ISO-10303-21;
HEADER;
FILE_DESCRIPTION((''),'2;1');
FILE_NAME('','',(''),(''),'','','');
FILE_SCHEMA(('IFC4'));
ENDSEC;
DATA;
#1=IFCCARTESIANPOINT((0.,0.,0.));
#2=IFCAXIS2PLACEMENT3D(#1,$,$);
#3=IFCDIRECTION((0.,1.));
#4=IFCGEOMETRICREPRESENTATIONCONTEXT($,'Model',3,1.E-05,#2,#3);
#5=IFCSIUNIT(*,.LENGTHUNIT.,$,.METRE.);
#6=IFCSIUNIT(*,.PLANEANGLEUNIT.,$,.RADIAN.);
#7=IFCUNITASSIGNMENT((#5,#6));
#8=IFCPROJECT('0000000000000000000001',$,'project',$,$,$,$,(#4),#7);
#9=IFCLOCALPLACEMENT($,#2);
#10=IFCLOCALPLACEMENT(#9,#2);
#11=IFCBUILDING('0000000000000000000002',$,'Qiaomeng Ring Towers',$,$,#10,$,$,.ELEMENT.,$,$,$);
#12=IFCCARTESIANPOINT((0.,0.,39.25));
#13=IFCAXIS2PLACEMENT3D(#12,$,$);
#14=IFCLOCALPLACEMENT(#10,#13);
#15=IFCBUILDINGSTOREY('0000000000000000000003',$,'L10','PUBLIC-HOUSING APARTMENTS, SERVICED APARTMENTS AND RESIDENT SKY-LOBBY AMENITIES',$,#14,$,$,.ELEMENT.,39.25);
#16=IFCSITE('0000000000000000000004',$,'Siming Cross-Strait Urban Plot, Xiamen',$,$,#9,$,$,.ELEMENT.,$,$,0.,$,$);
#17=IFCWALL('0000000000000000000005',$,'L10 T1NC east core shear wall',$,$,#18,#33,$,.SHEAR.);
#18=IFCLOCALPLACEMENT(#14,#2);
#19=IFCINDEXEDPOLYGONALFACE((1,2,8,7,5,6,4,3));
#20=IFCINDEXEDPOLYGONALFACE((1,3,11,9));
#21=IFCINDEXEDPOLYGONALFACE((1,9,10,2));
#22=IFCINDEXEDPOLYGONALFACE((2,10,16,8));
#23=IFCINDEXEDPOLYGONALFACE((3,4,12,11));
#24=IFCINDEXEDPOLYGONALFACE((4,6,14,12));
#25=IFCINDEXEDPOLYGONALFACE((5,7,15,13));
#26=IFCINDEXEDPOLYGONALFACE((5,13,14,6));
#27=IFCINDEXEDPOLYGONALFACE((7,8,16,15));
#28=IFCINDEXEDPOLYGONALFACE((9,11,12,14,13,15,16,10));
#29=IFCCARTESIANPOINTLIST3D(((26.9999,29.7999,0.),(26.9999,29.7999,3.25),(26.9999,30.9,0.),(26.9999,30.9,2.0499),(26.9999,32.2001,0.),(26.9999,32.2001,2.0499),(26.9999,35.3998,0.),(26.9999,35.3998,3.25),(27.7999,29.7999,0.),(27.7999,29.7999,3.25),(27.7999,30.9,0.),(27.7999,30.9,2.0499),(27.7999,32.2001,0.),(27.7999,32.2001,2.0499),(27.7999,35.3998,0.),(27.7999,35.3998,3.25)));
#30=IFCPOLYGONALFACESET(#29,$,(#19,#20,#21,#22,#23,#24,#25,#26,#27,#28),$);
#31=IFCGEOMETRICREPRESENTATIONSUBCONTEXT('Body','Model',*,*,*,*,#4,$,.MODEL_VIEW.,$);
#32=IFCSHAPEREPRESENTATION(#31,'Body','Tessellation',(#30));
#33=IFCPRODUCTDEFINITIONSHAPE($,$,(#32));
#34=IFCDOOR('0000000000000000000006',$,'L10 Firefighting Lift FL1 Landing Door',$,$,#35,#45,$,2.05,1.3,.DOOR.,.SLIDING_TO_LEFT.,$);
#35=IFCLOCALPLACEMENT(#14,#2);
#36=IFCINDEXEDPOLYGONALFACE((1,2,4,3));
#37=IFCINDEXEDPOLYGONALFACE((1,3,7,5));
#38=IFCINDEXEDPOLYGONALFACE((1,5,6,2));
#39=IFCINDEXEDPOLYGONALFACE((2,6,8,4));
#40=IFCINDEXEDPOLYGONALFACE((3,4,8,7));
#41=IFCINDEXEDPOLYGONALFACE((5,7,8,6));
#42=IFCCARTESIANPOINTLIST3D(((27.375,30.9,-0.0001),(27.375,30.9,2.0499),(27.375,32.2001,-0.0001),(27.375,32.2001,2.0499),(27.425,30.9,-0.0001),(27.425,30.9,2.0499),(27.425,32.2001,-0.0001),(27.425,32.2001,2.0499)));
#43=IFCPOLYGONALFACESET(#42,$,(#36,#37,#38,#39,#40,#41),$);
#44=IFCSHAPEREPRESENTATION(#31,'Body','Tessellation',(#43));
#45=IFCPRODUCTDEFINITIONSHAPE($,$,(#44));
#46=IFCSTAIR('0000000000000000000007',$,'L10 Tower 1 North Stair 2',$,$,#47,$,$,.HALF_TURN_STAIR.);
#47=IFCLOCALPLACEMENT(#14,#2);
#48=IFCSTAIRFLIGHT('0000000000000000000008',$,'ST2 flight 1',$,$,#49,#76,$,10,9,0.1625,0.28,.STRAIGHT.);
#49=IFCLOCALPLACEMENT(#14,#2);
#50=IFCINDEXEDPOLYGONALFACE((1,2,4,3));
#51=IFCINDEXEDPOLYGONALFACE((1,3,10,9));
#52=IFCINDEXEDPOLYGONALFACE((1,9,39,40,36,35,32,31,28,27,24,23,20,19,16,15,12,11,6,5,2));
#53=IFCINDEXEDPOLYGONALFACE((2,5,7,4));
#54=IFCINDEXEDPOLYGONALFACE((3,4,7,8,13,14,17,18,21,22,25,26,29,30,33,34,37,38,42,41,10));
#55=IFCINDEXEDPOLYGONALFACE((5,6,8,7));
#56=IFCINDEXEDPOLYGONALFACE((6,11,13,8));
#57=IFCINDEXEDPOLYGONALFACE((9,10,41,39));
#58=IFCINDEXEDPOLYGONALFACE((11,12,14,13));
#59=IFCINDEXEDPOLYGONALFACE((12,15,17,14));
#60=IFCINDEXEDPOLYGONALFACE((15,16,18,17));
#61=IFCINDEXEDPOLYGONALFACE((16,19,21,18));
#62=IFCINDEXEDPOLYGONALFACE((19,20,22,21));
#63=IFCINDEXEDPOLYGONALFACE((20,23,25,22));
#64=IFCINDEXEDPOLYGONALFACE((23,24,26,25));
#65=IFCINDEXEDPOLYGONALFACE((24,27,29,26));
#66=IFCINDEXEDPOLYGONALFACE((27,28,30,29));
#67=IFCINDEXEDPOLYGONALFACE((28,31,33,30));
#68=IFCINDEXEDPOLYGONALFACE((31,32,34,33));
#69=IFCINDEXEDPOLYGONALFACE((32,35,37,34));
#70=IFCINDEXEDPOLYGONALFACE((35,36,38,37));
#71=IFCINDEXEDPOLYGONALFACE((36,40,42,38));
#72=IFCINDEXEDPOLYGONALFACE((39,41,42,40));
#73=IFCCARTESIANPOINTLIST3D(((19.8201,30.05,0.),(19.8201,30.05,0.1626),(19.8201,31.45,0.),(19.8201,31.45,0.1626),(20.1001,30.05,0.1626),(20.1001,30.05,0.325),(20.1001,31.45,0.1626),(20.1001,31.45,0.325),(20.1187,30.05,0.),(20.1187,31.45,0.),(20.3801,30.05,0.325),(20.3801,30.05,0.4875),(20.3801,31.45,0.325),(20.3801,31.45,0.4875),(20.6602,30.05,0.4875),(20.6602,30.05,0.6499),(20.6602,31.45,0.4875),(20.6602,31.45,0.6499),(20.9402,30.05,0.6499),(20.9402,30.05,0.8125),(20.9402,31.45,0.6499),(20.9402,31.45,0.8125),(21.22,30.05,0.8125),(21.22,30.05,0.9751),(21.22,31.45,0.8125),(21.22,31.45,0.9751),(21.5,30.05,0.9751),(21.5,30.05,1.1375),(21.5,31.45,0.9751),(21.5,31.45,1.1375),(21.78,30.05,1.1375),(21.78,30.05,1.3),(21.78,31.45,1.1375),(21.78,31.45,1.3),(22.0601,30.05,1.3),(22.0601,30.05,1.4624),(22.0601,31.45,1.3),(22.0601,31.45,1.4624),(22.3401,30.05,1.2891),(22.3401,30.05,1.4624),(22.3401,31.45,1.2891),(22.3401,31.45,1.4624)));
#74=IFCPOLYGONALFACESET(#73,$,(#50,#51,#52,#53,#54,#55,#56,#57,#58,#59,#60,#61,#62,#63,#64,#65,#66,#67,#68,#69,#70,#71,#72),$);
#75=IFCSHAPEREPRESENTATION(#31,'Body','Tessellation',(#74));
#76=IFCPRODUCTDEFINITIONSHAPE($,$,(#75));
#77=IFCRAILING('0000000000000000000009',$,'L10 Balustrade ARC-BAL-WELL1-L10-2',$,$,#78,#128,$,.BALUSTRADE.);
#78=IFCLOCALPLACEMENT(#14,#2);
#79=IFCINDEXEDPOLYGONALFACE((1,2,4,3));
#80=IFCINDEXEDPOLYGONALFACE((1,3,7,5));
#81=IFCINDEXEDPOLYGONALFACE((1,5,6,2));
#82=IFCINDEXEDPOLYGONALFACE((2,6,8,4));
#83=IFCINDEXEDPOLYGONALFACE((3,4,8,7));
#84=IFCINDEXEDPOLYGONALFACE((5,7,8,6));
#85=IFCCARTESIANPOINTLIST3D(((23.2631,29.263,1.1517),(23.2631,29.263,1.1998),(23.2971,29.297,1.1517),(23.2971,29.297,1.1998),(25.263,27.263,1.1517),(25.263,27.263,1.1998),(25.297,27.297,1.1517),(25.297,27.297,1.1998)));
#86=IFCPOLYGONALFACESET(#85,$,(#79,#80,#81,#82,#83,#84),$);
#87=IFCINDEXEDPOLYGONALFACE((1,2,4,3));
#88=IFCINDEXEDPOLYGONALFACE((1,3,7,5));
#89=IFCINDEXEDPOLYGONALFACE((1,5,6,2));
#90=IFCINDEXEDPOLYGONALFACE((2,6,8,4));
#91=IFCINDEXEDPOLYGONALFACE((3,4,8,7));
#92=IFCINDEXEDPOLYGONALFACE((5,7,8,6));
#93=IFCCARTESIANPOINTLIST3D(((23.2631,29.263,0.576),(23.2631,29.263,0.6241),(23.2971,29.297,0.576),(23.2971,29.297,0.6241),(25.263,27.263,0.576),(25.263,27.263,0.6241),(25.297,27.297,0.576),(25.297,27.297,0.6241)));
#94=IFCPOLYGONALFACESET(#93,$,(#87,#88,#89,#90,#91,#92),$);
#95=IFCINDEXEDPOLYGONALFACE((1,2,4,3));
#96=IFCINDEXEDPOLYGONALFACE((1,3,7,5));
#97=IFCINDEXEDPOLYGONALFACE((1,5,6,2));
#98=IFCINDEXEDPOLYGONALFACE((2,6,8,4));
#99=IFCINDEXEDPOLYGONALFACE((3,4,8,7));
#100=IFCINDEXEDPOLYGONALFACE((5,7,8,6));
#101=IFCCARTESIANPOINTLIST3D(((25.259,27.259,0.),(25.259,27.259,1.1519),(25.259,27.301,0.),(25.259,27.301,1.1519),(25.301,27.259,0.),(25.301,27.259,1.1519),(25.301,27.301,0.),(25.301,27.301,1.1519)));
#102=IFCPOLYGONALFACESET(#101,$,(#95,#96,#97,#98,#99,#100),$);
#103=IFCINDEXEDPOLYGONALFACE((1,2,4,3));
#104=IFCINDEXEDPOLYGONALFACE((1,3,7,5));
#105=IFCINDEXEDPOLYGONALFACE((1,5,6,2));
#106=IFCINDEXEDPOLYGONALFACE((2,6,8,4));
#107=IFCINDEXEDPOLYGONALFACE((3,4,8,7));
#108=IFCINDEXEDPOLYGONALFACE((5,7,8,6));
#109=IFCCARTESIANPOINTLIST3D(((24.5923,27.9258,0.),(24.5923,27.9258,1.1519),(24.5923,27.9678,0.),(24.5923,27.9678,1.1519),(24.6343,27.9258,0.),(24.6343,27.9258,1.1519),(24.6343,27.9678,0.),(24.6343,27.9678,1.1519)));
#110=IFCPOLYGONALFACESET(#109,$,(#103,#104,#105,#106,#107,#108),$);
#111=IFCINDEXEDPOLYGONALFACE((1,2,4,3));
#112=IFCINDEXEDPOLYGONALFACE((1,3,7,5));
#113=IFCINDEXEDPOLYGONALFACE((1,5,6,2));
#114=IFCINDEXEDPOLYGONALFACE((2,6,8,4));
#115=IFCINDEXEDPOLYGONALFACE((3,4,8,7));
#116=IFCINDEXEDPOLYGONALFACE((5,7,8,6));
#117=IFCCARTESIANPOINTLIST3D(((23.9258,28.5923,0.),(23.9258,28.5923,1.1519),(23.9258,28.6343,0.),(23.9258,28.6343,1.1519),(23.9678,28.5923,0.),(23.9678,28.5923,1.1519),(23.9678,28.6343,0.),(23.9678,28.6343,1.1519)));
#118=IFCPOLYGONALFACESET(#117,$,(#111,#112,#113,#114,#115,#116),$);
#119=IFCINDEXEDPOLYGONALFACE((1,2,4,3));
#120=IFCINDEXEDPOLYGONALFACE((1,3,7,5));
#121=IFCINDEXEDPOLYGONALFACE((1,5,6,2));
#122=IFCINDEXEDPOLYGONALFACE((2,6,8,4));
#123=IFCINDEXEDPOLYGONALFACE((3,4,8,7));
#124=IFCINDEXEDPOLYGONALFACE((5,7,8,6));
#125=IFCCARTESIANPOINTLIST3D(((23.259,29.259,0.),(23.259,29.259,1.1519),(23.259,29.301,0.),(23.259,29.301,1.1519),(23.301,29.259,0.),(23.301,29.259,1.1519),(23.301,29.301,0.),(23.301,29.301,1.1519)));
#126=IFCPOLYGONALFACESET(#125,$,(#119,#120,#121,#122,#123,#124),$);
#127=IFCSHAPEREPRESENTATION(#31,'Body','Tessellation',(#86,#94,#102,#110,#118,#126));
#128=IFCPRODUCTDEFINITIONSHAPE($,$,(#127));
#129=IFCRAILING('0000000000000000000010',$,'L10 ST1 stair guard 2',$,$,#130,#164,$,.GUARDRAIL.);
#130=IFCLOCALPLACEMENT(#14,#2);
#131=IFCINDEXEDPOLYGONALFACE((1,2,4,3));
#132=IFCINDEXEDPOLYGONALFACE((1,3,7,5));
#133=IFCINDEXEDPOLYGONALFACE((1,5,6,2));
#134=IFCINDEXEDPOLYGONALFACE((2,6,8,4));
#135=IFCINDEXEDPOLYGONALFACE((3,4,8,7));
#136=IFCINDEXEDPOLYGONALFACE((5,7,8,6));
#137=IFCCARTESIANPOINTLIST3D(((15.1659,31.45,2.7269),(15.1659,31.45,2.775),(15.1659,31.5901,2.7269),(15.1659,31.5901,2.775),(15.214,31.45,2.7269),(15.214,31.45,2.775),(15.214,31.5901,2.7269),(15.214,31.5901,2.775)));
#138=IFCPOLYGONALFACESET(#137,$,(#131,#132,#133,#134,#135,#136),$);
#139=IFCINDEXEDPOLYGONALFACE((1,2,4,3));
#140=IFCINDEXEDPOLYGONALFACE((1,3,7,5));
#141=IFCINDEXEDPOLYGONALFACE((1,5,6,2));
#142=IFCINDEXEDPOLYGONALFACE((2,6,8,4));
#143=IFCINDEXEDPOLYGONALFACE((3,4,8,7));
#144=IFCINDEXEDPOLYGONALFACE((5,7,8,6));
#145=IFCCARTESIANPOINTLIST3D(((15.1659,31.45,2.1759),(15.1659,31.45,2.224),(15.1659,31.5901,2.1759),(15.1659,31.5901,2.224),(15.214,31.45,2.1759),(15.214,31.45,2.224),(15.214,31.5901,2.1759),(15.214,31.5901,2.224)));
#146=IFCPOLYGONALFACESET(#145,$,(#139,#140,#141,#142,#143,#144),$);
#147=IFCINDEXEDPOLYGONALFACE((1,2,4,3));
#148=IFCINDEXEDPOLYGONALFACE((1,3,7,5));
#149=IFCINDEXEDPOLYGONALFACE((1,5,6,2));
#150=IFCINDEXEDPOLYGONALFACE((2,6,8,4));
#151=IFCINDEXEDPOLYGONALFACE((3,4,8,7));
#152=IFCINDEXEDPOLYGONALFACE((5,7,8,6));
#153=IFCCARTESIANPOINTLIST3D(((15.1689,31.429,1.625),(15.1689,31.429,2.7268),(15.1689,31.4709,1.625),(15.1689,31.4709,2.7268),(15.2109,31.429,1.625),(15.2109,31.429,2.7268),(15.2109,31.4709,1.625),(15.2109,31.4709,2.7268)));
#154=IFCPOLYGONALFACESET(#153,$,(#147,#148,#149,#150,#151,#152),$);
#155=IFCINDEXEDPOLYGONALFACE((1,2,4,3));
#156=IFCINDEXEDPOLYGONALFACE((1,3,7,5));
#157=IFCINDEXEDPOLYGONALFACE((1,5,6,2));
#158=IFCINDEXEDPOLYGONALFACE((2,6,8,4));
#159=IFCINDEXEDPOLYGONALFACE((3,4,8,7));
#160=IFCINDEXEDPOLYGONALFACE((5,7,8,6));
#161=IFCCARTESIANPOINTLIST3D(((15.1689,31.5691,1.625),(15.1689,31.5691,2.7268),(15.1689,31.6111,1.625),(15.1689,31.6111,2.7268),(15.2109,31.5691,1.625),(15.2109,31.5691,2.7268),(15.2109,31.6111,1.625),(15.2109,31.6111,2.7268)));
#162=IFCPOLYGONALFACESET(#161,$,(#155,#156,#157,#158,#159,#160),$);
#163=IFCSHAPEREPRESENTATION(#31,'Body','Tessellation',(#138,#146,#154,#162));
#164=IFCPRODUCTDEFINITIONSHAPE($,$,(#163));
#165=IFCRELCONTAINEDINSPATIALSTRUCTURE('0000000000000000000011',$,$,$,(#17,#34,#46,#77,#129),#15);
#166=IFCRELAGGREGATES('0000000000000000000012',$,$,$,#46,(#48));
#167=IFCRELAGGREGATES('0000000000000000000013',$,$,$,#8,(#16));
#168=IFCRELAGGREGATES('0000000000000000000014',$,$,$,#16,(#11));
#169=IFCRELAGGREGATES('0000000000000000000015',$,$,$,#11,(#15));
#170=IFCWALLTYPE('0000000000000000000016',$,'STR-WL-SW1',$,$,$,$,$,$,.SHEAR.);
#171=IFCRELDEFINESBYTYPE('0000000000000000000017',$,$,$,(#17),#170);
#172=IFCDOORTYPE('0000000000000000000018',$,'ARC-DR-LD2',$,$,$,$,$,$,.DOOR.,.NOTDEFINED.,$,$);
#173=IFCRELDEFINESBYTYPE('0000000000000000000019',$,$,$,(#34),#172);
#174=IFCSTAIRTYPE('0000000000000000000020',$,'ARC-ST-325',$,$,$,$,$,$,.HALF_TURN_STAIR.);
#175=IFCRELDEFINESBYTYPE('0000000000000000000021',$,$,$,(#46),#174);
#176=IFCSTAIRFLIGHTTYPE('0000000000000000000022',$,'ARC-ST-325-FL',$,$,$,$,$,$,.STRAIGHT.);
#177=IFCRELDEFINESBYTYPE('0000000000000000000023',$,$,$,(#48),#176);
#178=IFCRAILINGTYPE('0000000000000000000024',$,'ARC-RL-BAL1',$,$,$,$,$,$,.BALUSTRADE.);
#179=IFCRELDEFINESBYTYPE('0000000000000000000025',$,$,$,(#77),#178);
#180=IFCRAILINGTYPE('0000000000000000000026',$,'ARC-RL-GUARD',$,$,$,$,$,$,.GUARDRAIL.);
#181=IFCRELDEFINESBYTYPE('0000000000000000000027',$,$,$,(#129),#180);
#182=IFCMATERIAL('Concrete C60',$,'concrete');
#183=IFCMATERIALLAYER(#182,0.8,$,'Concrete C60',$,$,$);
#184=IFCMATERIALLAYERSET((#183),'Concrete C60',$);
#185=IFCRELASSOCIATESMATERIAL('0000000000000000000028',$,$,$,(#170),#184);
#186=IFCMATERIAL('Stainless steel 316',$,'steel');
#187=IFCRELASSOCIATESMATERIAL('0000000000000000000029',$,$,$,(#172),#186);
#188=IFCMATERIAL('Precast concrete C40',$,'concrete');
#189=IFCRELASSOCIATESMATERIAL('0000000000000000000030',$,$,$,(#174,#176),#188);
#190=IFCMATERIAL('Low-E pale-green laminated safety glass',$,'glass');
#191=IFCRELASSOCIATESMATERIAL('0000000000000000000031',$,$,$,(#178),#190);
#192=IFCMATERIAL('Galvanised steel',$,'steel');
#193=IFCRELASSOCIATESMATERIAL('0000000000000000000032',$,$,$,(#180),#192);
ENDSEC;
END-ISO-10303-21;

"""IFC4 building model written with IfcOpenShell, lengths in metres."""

from ifc_helpers import new_model, si_unit, direction, frame, frame_2d, origin, origin_2d, place, context, subcontext, project, spatial, polyline, rectangle, outline, extrude, source, transform, mapped, material, layer, layer_set, type_object, element, fill, aggregate, save


model = new_model("IFC4")

# Units and contexts
model_context = context("Model", 3, precision=1e-05, world=origin(), true_north=direction((0.0, 1.0)))
body_context = subcontext(model_context, "Body", "Model", "MODEL_VIEW")
ifc_project = project(units=[si_unit("LENGTHUNIT", "METRE"), si_unit("PLANEANGLEUNIT", "RADIAN")], contexts=[model_context])

# Site, building, storey
site_placement = place(None, origin())
site = spatial("IfcSite", under=ifc_project, at=site_placement, Name="Siming Cross-Strait Urban Plot, Xiamen", CompositionType="ELEMENT", RefElevation=0.0)
building_placement = place(site_placement, origin())
building = spatial("IfcBuilding", under=site, at=building_placement, Name="Qiaomeng Ring Towers", CompositionType="ELEMENT")
storey_placement = place(building_placement, frame((0.0, 0.0, 39.25)))
storey = spatial("IfcBuildingStorey", under=building, at=storey_placement, Name="L10", Description="PUBLIC-HOUSING APARTMENTS, SERVICED APARTMENTS AND RESIDENT SKY-LOBBY AMENITIES", CompositionType="ELEMENT", Elevation=39.25)

# Shared definitions
ifc_material_1 = material(Name="Galvanised steel", Category="steel")

# Wall, opening, door
ifc_material_2 = material(Name="Concrete C60", Category="concrete")
ifc_layer_1 = layer(ifc_material_2, 0.8, Name="Concrete C60")
ifc_layer_set_1 = layer_set([ifc_layer_1], Name="Concrete C60")
wall_type_1 = type_object("IfcWallType", Name="STR-WL-SW1", PredefinedType="SHEAR", material=ifc_layer_set_1)
wall_1_placement = place(storey_placement, frame((27.3999, 29.8, 0.0), z_axis=(0.0, 0.0, 1.0), x_axis=(0.0, 1.0, 0.0)))
wall_1 = element("IfcWall", 1, at=wall_1_placement, inside=storey, type_object=wall_type_1, Name="L10 T1NC east core shear wall", PredefinedType="SHEAR", context=body_context, shape_type="SweptSolid", body=[
    extrude(rectangle(XDim=5.5999, YDim=0.8, at=frame_2d((2.7998, 0.0))), origin(), (0.0, 0.0, 1.0), 3.25),
])
opening_1_placement = place(wall_1_placement, frame((1.1001, 0.0, 0.0)))
opening_1 = element("IfcOpeningElement", 2, at=opening_1_placement, cuts=wall_1, PredefinedType="OPENING", context=body_context, shape_type="SweptSolid", body=[
    extrude(rectangle(XDim=1.3, YDim=2.05, at=frame_2d((0.6499, 1.0249))), frame((0.0, 0.4099, 0.0), z_axis=(0.0, -1.0, 0.0), x_axis=(1.0, 0.0, 0.0)), (0.0, 0.0, 1.0), 0.8201),
])
ifc_material_3 = material(Name="Stainless steel 316", Category="steel")
door_type_1 = type_object("IfcDoorType", Name="ARC-DR-LD2", OperationType="NOTDEFINED", PredefinedType="DOOR", material=ifc_material_3)
shared_shape_1 = source(origin(), body_context, "Body", "SweptSolid", [
    extrude(rectangle(XDim=1.3, YDim=2.05, at=frame_2d((0.6499, 1.0249))), frame((0.0, 0.0249, 0.0), z_axis=(0.0, -1.0, 0.0), x_axis=(1.0, 0.0, 0.0)), (0.0, 0.0, 1.0), 0.05),
])
door_1_placement = place(opening_1_placement, origin())
door_1 = element("IfcDoor", 3, at=door_1_placement, inside=storey, type_object=door_type_1, Name="L10 Firefighting Lift FL1 Landing Door", OperationType="SLIDING_TO_LEFT", OverallHeight=2.05, OverallWidth=1.3, PredefinedType="DOOR", context=body_context, shape_type="MappedRepresentation", body=[
    mapped(shared_shape_1, transform((0.0, 0.0, 0.0), x_axis=(1.0, 0.0, 0.0), y_axis=(0.0, 1.0, 0.0), z_axis=(0.0, 0.0, 1.0), scale=1.0)),
])
fill(opening_1, door_1)

# Stair, stair flight
ifc_material_4 = material(Name="Precast concrete C40", Category="concrete")
stair_type = type_object("IfcStairType", Name="ARC-ST-325", PredefinedType="HALF_TURN_STAIR", material=ifc_material_4)
stair_placement = place(storey_placement, origin())
stair = element("IfcStair", 4, at=stair_placement, inside=storey, type_object=stair_type, Name="L10 Tower 1 North Stair 2", PredefinedType="HALF_TURN_STAIR")
stair_flight_type = type_object("IfcStairFlightType", Name="ARC-ST-325-FL", PredefinedType="STRAIGHT", material=ifc_material_4)
shared_shape_2 = source(origin(), body_context, "Body", "SweptSolid", [
    extrude(outline(polyline([(0.0, 0.0), (0.0, 0.1626), (0.28, 0.1626), (0.28, 0.325), (0.5601, 0.325), (0.5601, 0.4875), (0.8401, 0.4875), (0.8401, 0.6499), (1.1201, 0.6499), (1.1201, 0.8125), (1.3999, 0.8125), (1.3999, 0.9751), (1.6799, 0.9751), (1.6799, 1.1375), (1.96, 1.1375), (1.96, 1.3), (2.24, 1.3), (2.24, 1.4624), (2.52, 1.4624), (2.52, 1.625), (2.52, 1.2891), (0.2986, 0.0), (0.0, 0.0)])), frame((0.0, 0.7, 0.0), z_axis=(0.0, -1.0, 0.0), x_axis=(1.0, 0.0, 0.0)), (0.0, 0.0, 1.0), 1.3999),
])
stair_flight_placement = place(storey_placement, frame((19.8201, 30.75, 0.0), z_axis=(0.0, 0.0, 1.0), x_axis=(1.0, 0.0, 0.0)))
stair_flight = element("IfcStairFlight", 5, at=stair_flight_placement, type_object=stair_flight_type, Name="ST2 flight 1", NumberOfRisers=10, NumberOfTreads=9, PredefinedType="STRAIGHT", RiserHeight=0.1625, TreadLength=0.28, context=body_context, shape_type="MappedRepresentation", body=[
    mapped(shared_shape_2, transform((0.0, 0.0, 0.0), x_axis=(1.0, 0.0, 0.0), y_axis=(0.0, 1.0, 0.0), z_axis=(0.0, 0.0, 1.0), scale=1.0)),
])
aggregate(stair, [stair_flight])

# Railings
ifc_material_5 = material(Name="Low-E pale-green laminated safety glass", Category="glass")
railing_type_1 = type_object("IfcRailingType", Name="ARC-RL-BAL1", PredefinedType="BALUSTRADE", material=ifc_material_5)
railing_1_placement = place(storey_placement, frame((25.28, 27.28, 0.0)))
element("IfcRailing", 6, at=railing_1_placement, inside=storey, type_object=railing_type_1, Name="L10 Balustrade ARC-BAL-WELL1-L10-2", PredefinedType="BALUSTRADE", context=body_context, shape_type="SweptSolid", body=[
    extrude(rectangle(XDim=0.0481, YDim=0.0481, at=origin_2d()), frame((0.0, 0.0, 1.1758), z_axis=(-0.707107, 0.707107, 0.0), x_axis=(-0.707107, -0.707107, 0.0)), (0.0, 0.0, 1.0), 2.8284),
    extrude(rectangle(XDim=0.0481, YDim=0.0481, at=origin_2d()), frame((0.0, 0.0, 0.6001), z_axis=(-0.707107, 0.707107, 0.0), x_axis=(-0.707107, -0.707107, 0.0)), (0.0, 0.0, 1.0), 2.8284),
    extrude(rectangle(XDim=0.042, YDim=0.042, at=origin_2d()), origin(), (0.0, 0.0, 1.0), 1.1519),
    extrude(rectangle(XDim=0.042, YDim=0.042, at=origin_2d()), frame((-0.6667, 0.6667, 0.0)), (0.0, 0.0, 1.0), 1.1519),
    extrude(rectangle(XDim=0.042, YDim=0.042, at=origin_2d()), frame((-1.3333, 1.3333, 0.0)), (0.0, 0.0, 1.0), 1.1519),
    extrude(rectangle(XDim=0.042, YDim=0.042, at=origin_2d()), frame((-2.0, 2.0, 0.0)), (0.0, 0.0, 1.0), 1.1519),
])
railing_type_2 = type_object("IfcRailingType", Name="ARC-RL-GUARD", PredefinedType="GUARDRAIL", material=ifc_material_1)
railing_2_placement = place(storey_placement, frame((15.1899, 31.45, 1.625)))
element("IfcRailing", 7, at=railing_2_placement, inside=storey, type_object=railing_type_2, Name="L10 ST1 stair guard 2", PredefinedType="GUARDRAIL", context=body_context, shape_type="SweptSolid", body=[
    extrude(rectangle(XDim=0.0481, YDim=0.0481, at=origin_2d()), frame((0.0, 0.0, 1.126), z_axis=(0.0, 1.0, 0.0), x_axis=(-1.0, 0.0, 0.0)), (0.0, 0.0, 1.0), 0.1401),
    extrude(rectangle(XDim=0.0481, YDim=0.0481, at=origin_2d()), frame((0.0, 0.0, 0.575), z_axis=(0.0, 1.0, 0.0), x_axis=(-1.0, 0.0, 0.0)), (0.0, 0.0, 1.0), 0.1401),
    extrude(rectangle(XDim=0.042, YDim=0.042, at=origin_2d()), origin(), (0.0, 0.0, 1.0), 1.1018),
    extrude(rectangle(XDim=0.042, YDim=0.042, at=origin_2d()), frame((0.0, 0.1401, 0.0)), (0.0, 0.0, 1.0), 1.1018),
])

save(model, "model.ifc")
